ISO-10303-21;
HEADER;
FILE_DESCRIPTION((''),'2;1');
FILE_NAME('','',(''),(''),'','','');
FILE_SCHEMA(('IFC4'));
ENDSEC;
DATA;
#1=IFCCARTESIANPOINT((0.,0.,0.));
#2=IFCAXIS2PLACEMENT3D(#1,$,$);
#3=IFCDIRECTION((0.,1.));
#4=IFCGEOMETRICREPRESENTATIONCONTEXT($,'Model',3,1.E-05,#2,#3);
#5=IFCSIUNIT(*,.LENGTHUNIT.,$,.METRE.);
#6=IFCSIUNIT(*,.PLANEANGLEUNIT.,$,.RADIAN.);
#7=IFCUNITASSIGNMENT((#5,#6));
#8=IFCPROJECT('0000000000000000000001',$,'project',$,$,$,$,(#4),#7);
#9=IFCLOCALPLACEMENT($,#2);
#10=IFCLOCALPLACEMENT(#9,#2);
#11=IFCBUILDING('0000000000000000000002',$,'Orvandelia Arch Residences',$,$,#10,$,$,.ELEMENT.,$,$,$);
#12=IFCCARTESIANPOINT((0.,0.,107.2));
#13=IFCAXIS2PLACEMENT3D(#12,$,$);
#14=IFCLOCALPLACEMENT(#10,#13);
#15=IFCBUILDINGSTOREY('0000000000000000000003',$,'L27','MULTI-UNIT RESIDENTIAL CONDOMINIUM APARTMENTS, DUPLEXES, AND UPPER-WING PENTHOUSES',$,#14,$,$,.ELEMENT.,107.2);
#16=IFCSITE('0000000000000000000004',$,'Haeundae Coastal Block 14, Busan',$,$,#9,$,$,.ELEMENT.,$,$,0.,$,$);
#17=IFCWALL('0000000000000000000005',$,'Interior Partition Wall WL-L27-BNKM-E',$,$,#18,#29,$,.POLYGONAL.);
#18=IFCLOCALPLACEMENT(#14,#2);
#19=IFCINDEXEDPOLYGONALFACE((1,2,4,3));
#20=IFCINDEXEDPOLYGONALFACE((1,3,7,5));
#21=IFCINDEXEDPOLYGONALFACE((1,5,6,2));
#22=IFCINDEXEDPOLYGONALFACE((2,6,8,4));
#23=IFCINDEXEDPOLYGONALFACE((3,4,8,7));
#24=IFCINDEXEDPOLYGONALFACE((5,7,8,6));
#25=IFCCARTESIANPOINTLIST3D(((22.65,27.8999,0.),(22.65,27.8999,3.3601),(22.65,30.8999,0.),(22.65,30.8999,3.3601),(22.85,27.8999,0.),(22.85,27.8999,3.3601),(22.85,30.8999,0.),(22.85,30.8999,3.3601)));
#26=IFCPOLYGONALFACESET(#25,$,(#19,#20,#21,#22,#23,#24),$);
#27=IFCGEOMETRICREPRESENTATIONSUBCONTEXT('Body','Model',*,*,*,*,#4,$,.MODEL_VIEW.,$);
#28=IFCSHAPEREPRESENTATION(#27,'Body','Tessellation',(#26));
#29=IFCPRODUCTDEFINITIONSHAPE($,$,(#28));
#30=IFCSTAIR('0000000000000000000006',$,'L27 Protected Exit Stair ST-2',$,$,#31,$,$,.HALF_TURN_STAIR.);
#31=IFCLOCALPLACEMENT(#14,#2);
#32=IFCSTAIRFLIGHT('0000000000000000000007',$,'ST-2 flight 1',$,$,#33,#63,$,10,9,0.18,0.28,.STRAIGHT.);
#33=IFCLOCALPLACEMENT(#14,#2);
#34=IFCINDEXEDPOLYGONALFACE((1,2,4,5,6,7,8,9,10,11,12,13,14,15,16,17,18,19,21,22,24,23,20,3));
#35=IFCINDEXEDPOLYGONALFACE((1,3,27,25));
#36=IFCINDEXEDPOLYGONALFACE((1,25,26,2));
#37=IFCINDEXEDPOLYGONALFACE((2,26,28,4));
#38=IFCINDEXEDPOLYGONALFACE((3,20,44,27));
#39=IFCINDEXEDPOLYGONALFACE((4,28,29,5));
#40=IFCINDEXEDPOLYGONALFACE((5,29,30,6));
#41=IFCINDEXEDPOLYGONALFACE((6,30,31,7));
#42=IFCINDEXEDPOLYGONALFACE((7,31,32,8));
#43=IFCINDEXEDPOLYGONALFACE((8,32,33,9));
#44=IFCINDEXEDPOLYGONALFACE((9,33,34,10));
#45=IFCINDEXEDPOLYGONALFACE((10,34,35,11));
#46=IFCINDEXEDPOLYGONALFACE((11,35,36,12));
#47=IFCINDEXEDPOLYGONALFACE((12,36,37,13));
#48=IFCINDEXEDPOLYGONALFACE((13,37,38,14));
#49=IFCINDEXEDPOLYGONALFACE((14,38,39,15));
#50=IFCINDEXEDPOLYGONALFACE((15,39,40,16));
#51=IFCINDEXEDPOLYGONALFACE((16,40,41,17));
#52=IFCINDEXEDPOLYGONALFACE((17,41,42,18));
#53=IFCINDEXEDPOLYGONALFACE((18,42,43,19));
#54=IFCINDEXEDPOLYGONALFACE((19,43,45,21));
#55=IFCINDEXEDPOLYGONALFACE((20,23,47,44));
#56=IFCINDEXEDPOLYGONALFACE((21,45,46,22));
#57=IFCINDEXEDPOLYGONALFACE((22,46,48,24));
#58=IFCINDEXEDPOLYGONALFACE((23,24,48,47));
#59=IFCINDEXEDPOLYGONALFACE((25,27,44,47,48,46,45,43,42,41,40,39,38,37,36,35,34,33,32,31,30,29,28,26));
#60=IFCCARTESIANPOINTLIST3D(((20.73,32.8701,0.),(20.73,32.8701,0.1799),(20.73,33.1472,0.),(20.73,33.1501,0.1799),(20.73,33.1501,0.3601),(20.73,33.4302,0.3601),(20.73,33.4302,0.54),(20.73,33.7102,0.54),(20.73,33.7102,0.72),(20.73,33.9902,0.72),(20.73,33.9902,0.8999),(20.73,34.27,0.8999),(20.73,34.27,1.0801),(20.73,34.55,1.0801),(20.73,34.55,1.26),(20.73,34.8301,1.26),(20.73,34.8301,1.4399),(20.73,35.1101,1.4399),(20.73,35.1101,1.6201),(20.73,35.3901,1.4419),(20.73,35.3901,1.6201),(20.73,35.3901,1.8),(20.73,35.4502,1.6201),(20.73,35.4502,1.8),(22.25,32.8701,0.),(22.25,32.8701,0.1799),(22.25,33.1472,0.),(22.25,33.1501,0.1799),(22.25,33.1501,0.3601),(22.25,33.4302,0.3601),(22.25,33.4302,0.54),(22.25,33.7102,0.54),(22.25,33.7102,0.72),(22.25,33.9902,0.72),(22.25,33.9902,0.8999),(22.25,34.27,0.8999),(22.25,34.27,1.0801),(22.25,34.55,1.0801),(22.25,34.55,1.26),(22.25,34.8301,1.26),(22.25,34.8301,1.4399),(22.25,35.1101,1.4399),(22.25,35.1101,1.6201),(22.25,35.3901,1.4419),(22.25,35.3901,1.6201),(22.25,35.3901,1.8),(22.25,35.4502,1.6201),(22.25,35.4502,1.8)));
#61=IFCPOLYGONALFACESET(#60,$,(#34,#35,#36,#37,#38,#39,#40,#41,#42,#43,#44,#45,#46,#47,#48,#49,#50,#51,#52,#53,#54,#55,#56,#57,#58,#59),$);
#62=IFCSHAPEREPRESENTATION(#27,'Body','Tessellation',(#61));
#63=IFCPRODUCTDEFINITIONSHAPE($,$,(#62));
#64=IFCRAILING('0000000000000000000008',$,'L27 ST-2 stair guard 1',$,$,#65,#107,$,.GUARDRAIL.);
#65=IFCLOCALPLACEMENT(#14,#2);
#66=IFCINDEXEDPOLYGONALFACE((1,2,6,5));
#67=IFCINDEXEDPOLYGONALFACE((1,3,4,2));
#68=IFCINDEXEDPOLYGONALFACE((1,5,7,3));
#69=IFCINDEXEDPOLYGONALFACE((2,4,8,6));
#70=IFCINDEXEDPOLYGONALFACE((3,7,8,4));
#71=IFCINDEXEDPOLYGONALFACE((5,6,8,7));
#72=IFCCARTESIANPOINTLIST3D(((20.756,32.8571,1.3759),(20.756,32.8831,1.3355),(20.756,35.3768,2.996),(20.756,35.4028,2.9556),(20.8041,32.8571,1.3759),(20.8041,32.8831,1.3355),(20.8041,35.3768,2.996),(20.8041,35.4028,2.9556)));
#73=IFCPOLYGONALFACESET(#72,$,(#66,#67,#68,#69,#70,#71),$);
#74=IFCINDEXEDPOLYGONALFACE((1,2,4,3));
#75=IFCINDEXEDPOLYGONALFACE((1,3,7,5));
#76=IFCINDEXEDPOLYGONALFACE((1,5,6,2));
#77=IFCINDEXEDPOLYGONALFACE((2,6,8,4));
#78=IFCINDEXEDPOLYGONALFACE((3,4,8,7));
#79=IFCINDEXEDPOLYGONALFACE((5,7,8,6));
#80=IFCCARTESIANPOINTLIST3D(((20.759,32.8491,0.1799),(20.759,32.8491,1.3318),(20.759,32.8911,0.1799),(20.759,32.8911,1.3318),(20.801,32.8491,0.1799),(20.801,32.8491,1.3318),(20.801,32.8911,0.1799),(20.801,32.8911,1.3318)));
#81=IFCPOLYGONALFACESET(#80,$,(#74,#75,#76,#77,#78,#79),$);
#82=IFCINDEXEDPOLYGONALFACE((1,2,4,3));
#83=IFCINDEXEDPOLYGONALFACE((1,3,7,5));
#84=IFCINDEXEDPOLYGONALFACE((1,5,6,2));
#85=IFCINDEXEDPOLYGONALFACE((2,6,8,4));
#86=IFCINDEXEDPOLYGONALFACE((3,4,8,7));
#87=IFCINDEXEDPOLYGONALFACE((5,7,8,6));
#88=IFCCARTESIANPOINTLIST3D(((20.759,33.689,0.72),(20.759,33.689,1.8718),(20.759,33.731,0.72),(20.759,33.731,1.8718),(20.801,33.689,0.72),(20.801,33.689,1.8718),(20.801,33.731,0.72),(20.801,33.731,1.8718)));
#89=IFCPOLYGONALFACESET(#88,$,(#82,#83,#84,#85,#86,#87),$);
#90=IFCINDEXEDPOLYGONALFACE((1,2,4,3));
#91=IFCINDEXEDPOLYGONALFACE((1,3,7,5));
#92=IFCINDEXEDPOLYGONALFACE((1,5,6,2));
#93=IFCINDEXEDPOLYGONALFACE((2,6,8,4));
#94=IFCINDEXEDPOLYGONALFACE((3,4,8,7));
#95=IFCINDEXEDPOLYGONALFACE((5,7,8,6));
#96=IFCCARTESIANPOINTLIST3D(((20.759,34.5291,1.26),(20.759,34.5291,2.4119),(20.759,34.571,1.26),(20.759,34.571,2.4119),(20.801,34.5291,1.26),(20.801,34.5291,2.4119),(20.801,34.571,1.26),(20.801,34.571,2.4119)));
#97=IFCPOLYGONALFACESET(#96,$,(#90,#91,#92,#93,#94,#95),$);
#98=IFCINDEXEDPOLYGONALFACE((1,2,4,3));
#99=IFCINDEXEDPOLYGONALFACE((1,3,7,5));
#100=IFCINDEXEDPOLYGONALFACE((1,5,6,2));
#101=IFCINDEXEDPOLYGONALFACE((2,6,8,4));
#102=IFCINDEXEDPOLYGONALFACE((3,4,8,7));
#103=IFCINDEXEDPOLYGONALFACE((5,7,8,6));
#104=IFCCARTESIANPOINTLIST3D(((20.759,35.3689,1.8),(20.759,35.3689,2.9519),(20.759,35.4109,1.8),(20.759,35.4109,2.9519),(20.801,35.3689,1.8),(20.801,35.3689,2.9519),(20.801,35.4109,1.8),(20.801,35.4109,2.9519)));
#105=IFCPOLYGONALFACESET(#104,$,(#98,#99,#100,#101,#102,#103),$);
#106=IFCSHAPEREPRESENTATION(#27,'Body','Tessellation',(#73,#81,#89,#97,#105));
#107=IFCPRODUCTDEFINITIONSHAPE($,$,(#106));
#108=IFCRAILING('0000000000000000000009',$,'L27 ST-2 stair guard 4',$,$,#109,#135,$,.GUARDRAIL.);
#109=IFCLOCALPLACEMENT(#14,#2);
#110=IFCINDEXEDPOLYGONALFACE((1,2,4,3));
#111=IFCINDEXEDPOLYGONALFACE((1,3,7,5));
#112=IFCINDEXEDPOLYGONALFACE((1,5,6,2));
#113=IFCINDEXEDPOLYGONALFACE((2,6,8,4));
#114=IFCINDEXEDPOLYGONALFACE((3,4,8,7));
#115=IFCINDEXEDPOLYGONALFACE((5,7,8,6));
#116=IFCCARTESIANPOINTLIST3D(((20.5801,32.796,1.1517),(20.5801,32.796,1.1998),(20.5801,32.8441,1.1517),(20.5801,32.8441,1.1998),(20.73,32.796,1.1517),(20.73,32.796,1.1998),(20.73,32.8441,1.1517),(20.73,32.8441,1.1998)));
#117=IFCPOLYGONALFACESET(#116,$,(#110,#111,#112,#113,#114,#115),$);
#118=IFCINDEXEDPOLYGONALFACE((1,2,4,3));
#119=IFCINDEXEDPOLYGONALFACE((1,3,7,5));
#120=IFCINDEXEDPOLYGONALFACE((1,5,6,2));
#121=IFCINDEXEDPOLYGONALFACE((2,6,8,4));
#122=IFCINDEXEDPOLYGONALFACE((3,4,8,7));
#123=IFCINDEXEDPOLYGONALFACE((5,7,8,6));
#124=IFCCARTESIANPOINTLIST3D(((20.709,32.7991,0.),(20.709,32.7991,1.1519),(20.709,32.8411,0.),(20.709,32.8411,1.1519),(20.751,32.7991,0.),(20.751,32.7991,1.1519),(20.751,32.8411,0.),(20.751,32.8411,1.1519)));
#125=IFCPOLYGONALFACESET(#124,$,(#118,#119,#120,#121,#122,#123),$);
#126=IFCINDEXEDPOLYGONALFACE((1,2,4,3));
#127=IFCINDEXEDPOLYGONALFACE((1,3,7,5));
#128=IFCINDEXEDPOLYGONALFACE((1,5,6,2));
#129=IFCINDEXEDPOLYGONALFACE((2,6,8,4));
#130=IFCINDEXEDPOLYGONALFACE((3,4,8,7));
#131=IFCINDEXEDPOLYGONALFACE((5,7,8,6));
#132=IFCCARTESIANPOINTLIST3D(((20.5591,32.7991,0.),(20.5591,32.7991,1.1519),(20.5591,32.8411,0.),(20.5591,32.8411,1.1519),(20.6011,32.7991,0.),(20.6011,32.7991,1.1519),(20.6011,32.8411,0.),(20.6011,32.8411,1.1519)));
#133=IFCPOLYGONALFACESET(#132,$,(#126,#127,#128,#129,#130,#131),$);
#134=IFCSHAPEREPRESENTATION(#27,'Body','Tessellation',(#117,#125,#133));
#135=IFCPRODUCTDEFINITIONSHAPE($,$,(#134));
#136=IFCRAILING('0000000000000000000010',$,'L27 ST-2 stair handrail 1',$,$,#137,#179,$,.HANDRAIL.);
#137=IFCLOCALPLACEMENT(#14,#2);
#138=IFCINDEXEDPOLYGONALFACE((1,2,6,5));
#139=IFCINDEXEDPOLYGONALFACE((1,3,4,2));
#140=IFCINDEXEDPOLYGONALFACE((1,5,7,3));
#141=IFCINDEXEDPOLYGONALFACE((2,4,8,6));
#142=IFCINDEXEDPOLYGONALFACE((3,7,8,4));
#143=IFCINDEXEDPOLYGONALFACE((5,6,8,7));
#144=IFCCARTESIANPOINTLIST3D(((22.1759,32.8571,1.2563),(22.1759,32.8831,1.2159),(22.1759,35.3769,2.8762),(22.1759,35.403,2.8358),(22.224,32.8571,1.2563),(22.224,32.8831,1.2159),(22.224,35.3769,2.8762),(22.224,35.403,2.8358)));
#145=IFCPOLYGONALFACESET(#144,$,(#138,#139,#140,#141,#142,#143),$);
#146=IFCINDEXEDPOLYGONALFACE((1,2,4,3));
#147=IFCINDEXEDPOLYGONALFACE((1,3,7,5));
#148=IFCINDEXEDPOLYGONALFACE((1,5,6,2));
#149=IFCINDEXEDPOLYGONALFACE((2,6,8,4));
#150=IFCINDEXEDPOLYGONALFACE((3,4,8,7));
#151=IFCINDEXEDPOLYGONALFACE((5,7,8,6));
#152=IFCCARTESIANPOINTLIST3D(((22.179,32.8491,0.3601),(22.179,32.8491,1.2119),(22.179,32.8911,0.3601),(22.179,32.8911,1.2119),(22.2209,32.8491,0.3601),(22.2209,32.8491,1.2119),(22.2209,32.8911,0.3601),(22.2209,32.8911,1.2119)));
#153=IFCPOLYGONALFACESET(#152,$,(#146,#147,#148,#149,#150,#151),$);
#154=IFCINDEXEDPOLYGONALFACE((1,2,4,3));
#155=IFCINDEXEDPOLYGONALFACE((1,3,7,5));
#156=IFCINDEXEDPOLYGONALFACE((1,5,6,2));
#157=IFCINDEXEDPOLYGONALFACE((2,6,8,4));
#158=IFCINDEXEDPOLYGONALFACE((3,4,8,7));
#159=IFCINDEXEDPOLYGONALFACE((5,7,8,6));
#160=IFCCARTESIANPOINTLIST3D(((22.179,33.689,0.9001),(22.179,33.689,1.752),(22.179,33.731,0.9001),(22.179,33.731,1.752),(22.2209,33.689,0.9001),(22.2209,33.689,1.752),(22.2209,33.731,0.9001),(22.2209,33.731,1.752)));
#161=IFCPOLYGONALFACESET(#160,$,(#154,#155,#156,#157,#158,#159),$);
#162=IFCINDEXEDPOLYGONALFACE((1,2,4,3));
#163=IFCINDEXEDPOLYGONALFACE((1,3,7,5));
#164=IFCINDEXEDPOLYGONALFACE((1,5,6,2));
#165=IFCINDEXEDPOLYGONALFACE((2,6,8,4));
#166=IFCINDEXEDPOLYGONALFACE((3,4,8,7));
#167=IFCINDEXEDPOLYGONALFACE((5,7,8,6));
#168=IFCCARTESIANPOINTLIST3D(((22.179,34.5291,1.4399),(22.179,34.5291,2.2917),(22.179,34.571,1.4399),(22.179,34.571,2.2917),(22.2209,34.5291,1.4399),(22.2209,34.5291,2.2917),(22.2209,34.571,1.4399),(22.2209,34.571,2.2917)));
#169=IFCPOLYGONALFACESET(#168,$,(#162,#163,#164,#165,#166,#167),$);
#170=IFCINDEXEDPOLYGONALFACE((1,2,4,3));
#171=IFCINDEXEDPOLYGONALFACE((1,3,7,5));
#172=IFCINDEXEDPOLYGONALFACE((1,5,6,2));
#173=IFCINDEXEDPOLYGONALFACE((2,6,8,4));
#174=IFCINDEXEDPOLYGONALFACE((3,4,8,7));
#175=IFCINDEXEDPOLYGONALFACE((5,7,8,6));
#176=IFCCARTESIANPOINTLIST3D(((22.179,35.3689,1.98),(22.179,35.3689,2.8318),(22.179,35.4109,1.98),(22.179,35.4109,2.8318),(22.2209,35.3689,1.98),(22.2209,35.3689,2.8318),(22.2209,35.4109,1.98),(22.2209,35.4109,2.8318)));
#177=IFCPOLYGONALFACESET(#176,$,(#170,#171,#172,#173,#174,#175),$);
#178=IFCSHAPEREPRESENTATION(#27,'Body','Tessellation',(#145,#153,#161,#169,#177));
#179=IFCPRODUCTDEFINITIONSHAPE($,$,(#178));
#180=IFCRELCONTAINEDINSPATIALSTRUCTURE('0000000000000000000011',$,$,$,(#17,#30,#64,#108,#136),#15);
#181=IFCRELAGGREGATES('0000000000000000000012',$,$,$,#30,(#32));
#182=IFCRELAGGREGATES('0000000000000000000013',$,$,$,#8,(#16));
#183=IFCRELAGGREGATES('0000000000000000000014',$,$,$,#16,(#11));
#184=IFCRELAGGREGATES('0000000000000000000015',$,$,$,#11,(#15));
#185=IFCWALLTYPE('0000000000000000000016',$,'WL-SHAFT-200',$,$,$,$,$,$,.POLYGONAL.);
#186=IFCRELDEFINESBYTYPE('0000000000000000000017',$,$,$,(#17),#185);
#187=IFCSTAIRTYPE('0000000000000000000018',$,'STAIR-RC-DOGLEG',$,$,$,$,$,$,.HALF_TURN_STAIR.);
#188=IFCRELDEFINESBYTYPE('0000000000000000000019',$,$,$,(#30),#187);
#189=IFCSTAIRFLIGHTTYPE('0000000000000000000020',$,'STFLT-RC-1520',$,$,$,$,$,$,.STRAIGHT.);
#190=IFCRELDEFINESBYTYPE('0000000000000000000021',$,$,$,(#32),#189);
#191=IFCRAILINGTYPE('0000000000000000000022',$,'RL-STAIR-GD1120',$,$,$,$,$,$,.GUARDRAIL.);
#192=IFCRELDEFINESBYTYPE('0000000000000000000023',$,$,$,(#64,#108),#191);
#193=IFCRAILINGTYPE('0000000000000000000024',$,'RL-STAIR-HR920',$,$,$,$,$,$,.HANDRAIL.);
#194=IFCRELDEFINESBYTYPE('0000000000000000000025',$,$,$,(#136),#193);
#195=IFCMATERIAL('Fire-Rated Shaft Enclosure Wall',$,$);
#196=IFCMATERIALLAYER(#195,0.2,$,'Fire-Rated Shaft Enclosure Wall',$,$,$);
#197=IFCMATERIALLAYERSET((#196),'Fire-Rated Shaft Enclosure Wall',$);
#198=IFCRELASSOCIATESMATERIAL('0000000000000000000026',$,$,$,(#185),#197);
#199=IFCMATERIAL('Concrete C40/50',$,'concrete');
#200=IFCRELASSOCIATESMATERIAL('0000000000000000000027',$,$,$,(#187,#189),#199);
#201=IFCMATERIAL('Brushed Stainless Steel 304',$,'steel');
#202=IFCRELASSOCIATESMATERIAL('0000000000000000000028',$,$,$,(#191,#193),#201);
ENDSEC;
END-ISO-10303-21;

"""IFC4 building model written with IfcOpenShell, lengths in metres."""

from ifc_helpers import new_model, si_unit, direction, frame, frame_2d, origin, origin_2d, place, context, subcontext, project, spatial, polyline, rectangle, outline, extrude, material, layer, layer_set, type_object, element, aggregate, save


model = new_model("IFC4")

# Units and contexts
model_context = context("Model", 3, precision=1e-05, world=origin(), true_north=direction((0.0, 1.0)))
body_context = subcontext(model_context, "Body", "Model", "MODEL_VIEW")
ifc_project = project(units=[si_unit("LENGTHUNIT", "METRE"), si_unit("PLANEANGLEUNIT", "RADIAN")], contexts=[model_context])

# Site, building, storey
site_placement = place(None, origin())
site = spatial("IfcSite", under=ifc_project, at=site_placement, Name="Haeundae Coastal Block 14, Busan", CompositionType="ELEMENT", RefElevation=0.0)
building_placement = place(site_placement, origin())
building = spatial("IfcBuilding", under=site, at=building_placement, Name="Orvandelia Arch Residences", CompositionType="ELEMENT")
storey_placement = place(building_placement, frame((0.0, 0.0, 107.2)))
storey = spatial("IfcBuildingStorey", under=building, at=storey_placement, Name="L27", Description="MULTI-UNIT RESIDENTIAL CONDOMINIUM APARTMENTS, DUPLEXES, AND UPPER-WING PENTHOUSES", CompositionType="ELEMENT", Elevation=107.2)

# Wall
ifc_material_1 = material(Name="Fire-Rated Shaft Enclosure Wall")
ifc_layer_1 = layer(ifc_material_1, 0.2, Name="Fire-Rated Shaft Enclosure Wall")
ifc_layer_set_1 = layer_set([ifc_layer_1], Name="Fire-Rated Shaft Enclosure Wall")
wall_type_1 = type_object("IfcWallType", Name="WL-SHAFT-200", PredefinedType="POLYGONAL", material=ifc_layer_set_1)
wall_1_placement = place(storey_placement, frame((22.75, 27.8999, 0.0), z_axis=(0.0, 0.0, 1.0), x_axis=(0.0, 1.0, 0.0)))
element("IfcWall", 1, at=wall_1_placement, inside=storey, type_object=wall_type_1, Name="Interior Partition Wall WL-L27-BNKM-E", PredefinedType="POLYGONAL", context=body_context, shape_type="SweptSolid", body=[
    extrude(rectangle(XDim=3.0, YDim=0.2, at=frame_2d((1.5, 0.0))), origin(), (0.0, 0.0, 1.0), 3.3601),
])

# Stair, stair flight
ifc_material_2 = material(Name="Concrete C40/50", Category="concrete")
stair_type = type_object("IfcStairType", Name="STAIR-RC-DOGLEG", PredefinedType="HALF_TURN_STAIR", material=ifc_material_2)
stair_placement = place(storey_placement, origin())
stair = element("IfcStair", 2, at=stair_placement, inside=storey, type_object=stair_type, Name="L27 Protected Exit Stair ST-2", PredefinedType="HALF_TURN_STAIR")
stair_flight_type = type_object("IfcStairFlightType", Name="STFLT-RC-1520", PredefinedType="STRAIGHT", material=ifc_material_2)
stair_flight_placement = place(storey_placement, frame((21.49, 32.8701, 0.0), z_axis=(0.0, 0.0, 1.0), x_axis=(0.0, 1.0, 0.0)))
stair_flight = element("IfcStairFlight", 3, at=stair_flight_placement, type_object=stair_flight_type, Name="ST-2 flight 1", NumberOfRisers=10, NumberOfTreads=9, PredefinedType="STRAIGHT", RiserHeight=0.18, TreadLength=0.28, context=body_context, shape_type="SweptSolid", body=[
    extrude(outline(polyline([(0.0, 0.0), (0.0, 0.1799), (0.28, 0.1799), (0.28, 0.3601), (0.5601, 0.3601), (0.5601, 0.54), (0.8401, 0.54), (0.8401, 0.72), (1.1201, 0.72), (1.1201, 0.8999), (1.3999, 0.8999), (1.3999, 1.0801), (1.6799, 1.0801), (1.6799, 1.26), (1.96, 1.26), (1.96, 1.4399), (2.24, 1.4399), (2.24, 1.6201), (2.52, 1.6201), (2.52, 1.8), (2.5801, 1.8), (2.5801, 1.6201), (2.52, 1.4419), (0.2771, 0.0), (0.0, 0.0)])), frame((0.0, 0.76, 0.0), z_axis=(0.0, -1.0, 0.0), x_axis=(1.0, 0.0, 0.0)), (0.0, 0.0, 1.0), 1.52),
])
aggregate(stair, [stair_flight])

# Railings
ifc_material_3 = material(Name="Brushed Stainless Steel 304", Category="steel")
railing_type_1 = type_object("IfcRailingType", Name="RL-STAIR-GD1120", PredefinedType="GUARDRAIL", material=ifc_material_3)
railing_1_placement = place(storey_placement, frame((20.78, 32.8701, 0.1799)))
element("IfcRailing", 4, at=railing_1_placement, inside=storey, type_object=railing_type_1, Name="L27 ST-2 stair guard 1", PredefinedType="GUARDRAIL", context=body_context, shape_type="SweptSolid", body=[
    extrude(rectangle(XDim=0.0481, YDim=0.0481, at=origin_2d()), frame((0.0, 0.0, 1.1758), z_axis=(0.0, 0.841139, 0.540819), x_axis=(-1.0, 0.0, 0.0)), (0.0, 0.0, 1.0), 2.9956),
    extrude(rectangle(XDim=0.042, YDim=0.042, at=origin_2d()), origin(), (0.0, 0.0, 1.0), 1.1519),
    extrude(rectangle(XDim=0.042, YDim=0.042, at=origin_2d()), frame((0.0, 0.8398, 0.54)), (0.0, 0.0, 1.0), 1.1519),
    extrude(rectangle(XDim=0.042, YDim=0.042, at=origin_2d()), frame((0.0, 1.6799, 1.0801)), (0.0, 0.0, 1.0), 1.1519),
    extrude(rectangle(XDim=0.042, YDim=0.042, at=origin_2d()), frame((0.0, 2.5198, 1.6201)), (0.0, 0.0, 1.0), 1.1519),
])
railing_2_placement = place(storey_placement, frame((20.73, 32.8201, 0.0)))
element("IfcRailing", 5, at=railing_2_placement, inside=storey, type_object=railing_type_1, Name="L27 ST-2 stair guard 4", PredefinedType="GUARDRAIL", context=body_context, shape_type="SweptSolid", body=[
    extrude(rectangle(XDim=0.0481, YDim=0.0481, at=origin_2d()), frame((0.0, 0.0, 1.1758), z_axis=(-1.0, 0.0, 0.0), x_axis=(0.0, -1.0, 0.0)), (0.0, 0.0, 1.0), 0.1499),
    extrude(rectangle(XDim=0.042, YDim=0.042, at=origin_2d()), origin(), (0.0, 0.0, 1.0), 1.1519),
    extrude(rectangle(XDim=0.042, YDim=0.042, at=origin_2d()), frame((-0.1499, 0.0, 0.0)), (0.0, 0.0, 1.0), 1.1519),
])
railing_type_2 = type_object("IfcRailingType", Name="RL-STAIR-HR920", PredefinedType="HANDRAIL", material=ifc_material_3)
railing_3_placement = place(storey_placement, frame((22.2, 32.8701, 0.3601)))
element("IfcRailing", 6, at=railing_3_placement, inside=storey, type_object=railing_type_2, Name="L27 ST-2 stair handrail 1", PredefinedType="HANDRAIL", context=body_context, shape_type="SweptSolid", body=[
    extrude(rectangle(XDim=0.0481, YDim=0.0481, at=origin_2d()), frame((0.0, 0.0, 0.876), z_axis=(0.0, 0.841176, 0.540762), x_axis=(-1.0, 0.0, 0.0)), (0.0, 0.0, 1.0), 2.9956),
    extrude(rectangle(XDim=0.042, YDim=0.042, at=origin_2d()), origin(), (0.0, 0.0, 1.0), 0.8518),
    extrude(rectangle(XDim=0.042, YDim=0.042, at=origin_2d()), frame((0.0, 0.8398, 0.54)), (0.0, 0.0, 1.0), 0.8518),
    extrude(rectangle(XDim=0.042, YDim=0.042, at=origin_2d()), frame((0.0, 1.6799, 1.0798)), (0.0, 0.0, 1.0), 0.8518),
    extrude(rectangle(XDim=0.042, YDim=0.042, at=origin_2d()), frame((0.0, 2.5198, 1.6199)), (0.0, 0.0, 1.0), 0.8518),
])

save(model, "model.ifc")
